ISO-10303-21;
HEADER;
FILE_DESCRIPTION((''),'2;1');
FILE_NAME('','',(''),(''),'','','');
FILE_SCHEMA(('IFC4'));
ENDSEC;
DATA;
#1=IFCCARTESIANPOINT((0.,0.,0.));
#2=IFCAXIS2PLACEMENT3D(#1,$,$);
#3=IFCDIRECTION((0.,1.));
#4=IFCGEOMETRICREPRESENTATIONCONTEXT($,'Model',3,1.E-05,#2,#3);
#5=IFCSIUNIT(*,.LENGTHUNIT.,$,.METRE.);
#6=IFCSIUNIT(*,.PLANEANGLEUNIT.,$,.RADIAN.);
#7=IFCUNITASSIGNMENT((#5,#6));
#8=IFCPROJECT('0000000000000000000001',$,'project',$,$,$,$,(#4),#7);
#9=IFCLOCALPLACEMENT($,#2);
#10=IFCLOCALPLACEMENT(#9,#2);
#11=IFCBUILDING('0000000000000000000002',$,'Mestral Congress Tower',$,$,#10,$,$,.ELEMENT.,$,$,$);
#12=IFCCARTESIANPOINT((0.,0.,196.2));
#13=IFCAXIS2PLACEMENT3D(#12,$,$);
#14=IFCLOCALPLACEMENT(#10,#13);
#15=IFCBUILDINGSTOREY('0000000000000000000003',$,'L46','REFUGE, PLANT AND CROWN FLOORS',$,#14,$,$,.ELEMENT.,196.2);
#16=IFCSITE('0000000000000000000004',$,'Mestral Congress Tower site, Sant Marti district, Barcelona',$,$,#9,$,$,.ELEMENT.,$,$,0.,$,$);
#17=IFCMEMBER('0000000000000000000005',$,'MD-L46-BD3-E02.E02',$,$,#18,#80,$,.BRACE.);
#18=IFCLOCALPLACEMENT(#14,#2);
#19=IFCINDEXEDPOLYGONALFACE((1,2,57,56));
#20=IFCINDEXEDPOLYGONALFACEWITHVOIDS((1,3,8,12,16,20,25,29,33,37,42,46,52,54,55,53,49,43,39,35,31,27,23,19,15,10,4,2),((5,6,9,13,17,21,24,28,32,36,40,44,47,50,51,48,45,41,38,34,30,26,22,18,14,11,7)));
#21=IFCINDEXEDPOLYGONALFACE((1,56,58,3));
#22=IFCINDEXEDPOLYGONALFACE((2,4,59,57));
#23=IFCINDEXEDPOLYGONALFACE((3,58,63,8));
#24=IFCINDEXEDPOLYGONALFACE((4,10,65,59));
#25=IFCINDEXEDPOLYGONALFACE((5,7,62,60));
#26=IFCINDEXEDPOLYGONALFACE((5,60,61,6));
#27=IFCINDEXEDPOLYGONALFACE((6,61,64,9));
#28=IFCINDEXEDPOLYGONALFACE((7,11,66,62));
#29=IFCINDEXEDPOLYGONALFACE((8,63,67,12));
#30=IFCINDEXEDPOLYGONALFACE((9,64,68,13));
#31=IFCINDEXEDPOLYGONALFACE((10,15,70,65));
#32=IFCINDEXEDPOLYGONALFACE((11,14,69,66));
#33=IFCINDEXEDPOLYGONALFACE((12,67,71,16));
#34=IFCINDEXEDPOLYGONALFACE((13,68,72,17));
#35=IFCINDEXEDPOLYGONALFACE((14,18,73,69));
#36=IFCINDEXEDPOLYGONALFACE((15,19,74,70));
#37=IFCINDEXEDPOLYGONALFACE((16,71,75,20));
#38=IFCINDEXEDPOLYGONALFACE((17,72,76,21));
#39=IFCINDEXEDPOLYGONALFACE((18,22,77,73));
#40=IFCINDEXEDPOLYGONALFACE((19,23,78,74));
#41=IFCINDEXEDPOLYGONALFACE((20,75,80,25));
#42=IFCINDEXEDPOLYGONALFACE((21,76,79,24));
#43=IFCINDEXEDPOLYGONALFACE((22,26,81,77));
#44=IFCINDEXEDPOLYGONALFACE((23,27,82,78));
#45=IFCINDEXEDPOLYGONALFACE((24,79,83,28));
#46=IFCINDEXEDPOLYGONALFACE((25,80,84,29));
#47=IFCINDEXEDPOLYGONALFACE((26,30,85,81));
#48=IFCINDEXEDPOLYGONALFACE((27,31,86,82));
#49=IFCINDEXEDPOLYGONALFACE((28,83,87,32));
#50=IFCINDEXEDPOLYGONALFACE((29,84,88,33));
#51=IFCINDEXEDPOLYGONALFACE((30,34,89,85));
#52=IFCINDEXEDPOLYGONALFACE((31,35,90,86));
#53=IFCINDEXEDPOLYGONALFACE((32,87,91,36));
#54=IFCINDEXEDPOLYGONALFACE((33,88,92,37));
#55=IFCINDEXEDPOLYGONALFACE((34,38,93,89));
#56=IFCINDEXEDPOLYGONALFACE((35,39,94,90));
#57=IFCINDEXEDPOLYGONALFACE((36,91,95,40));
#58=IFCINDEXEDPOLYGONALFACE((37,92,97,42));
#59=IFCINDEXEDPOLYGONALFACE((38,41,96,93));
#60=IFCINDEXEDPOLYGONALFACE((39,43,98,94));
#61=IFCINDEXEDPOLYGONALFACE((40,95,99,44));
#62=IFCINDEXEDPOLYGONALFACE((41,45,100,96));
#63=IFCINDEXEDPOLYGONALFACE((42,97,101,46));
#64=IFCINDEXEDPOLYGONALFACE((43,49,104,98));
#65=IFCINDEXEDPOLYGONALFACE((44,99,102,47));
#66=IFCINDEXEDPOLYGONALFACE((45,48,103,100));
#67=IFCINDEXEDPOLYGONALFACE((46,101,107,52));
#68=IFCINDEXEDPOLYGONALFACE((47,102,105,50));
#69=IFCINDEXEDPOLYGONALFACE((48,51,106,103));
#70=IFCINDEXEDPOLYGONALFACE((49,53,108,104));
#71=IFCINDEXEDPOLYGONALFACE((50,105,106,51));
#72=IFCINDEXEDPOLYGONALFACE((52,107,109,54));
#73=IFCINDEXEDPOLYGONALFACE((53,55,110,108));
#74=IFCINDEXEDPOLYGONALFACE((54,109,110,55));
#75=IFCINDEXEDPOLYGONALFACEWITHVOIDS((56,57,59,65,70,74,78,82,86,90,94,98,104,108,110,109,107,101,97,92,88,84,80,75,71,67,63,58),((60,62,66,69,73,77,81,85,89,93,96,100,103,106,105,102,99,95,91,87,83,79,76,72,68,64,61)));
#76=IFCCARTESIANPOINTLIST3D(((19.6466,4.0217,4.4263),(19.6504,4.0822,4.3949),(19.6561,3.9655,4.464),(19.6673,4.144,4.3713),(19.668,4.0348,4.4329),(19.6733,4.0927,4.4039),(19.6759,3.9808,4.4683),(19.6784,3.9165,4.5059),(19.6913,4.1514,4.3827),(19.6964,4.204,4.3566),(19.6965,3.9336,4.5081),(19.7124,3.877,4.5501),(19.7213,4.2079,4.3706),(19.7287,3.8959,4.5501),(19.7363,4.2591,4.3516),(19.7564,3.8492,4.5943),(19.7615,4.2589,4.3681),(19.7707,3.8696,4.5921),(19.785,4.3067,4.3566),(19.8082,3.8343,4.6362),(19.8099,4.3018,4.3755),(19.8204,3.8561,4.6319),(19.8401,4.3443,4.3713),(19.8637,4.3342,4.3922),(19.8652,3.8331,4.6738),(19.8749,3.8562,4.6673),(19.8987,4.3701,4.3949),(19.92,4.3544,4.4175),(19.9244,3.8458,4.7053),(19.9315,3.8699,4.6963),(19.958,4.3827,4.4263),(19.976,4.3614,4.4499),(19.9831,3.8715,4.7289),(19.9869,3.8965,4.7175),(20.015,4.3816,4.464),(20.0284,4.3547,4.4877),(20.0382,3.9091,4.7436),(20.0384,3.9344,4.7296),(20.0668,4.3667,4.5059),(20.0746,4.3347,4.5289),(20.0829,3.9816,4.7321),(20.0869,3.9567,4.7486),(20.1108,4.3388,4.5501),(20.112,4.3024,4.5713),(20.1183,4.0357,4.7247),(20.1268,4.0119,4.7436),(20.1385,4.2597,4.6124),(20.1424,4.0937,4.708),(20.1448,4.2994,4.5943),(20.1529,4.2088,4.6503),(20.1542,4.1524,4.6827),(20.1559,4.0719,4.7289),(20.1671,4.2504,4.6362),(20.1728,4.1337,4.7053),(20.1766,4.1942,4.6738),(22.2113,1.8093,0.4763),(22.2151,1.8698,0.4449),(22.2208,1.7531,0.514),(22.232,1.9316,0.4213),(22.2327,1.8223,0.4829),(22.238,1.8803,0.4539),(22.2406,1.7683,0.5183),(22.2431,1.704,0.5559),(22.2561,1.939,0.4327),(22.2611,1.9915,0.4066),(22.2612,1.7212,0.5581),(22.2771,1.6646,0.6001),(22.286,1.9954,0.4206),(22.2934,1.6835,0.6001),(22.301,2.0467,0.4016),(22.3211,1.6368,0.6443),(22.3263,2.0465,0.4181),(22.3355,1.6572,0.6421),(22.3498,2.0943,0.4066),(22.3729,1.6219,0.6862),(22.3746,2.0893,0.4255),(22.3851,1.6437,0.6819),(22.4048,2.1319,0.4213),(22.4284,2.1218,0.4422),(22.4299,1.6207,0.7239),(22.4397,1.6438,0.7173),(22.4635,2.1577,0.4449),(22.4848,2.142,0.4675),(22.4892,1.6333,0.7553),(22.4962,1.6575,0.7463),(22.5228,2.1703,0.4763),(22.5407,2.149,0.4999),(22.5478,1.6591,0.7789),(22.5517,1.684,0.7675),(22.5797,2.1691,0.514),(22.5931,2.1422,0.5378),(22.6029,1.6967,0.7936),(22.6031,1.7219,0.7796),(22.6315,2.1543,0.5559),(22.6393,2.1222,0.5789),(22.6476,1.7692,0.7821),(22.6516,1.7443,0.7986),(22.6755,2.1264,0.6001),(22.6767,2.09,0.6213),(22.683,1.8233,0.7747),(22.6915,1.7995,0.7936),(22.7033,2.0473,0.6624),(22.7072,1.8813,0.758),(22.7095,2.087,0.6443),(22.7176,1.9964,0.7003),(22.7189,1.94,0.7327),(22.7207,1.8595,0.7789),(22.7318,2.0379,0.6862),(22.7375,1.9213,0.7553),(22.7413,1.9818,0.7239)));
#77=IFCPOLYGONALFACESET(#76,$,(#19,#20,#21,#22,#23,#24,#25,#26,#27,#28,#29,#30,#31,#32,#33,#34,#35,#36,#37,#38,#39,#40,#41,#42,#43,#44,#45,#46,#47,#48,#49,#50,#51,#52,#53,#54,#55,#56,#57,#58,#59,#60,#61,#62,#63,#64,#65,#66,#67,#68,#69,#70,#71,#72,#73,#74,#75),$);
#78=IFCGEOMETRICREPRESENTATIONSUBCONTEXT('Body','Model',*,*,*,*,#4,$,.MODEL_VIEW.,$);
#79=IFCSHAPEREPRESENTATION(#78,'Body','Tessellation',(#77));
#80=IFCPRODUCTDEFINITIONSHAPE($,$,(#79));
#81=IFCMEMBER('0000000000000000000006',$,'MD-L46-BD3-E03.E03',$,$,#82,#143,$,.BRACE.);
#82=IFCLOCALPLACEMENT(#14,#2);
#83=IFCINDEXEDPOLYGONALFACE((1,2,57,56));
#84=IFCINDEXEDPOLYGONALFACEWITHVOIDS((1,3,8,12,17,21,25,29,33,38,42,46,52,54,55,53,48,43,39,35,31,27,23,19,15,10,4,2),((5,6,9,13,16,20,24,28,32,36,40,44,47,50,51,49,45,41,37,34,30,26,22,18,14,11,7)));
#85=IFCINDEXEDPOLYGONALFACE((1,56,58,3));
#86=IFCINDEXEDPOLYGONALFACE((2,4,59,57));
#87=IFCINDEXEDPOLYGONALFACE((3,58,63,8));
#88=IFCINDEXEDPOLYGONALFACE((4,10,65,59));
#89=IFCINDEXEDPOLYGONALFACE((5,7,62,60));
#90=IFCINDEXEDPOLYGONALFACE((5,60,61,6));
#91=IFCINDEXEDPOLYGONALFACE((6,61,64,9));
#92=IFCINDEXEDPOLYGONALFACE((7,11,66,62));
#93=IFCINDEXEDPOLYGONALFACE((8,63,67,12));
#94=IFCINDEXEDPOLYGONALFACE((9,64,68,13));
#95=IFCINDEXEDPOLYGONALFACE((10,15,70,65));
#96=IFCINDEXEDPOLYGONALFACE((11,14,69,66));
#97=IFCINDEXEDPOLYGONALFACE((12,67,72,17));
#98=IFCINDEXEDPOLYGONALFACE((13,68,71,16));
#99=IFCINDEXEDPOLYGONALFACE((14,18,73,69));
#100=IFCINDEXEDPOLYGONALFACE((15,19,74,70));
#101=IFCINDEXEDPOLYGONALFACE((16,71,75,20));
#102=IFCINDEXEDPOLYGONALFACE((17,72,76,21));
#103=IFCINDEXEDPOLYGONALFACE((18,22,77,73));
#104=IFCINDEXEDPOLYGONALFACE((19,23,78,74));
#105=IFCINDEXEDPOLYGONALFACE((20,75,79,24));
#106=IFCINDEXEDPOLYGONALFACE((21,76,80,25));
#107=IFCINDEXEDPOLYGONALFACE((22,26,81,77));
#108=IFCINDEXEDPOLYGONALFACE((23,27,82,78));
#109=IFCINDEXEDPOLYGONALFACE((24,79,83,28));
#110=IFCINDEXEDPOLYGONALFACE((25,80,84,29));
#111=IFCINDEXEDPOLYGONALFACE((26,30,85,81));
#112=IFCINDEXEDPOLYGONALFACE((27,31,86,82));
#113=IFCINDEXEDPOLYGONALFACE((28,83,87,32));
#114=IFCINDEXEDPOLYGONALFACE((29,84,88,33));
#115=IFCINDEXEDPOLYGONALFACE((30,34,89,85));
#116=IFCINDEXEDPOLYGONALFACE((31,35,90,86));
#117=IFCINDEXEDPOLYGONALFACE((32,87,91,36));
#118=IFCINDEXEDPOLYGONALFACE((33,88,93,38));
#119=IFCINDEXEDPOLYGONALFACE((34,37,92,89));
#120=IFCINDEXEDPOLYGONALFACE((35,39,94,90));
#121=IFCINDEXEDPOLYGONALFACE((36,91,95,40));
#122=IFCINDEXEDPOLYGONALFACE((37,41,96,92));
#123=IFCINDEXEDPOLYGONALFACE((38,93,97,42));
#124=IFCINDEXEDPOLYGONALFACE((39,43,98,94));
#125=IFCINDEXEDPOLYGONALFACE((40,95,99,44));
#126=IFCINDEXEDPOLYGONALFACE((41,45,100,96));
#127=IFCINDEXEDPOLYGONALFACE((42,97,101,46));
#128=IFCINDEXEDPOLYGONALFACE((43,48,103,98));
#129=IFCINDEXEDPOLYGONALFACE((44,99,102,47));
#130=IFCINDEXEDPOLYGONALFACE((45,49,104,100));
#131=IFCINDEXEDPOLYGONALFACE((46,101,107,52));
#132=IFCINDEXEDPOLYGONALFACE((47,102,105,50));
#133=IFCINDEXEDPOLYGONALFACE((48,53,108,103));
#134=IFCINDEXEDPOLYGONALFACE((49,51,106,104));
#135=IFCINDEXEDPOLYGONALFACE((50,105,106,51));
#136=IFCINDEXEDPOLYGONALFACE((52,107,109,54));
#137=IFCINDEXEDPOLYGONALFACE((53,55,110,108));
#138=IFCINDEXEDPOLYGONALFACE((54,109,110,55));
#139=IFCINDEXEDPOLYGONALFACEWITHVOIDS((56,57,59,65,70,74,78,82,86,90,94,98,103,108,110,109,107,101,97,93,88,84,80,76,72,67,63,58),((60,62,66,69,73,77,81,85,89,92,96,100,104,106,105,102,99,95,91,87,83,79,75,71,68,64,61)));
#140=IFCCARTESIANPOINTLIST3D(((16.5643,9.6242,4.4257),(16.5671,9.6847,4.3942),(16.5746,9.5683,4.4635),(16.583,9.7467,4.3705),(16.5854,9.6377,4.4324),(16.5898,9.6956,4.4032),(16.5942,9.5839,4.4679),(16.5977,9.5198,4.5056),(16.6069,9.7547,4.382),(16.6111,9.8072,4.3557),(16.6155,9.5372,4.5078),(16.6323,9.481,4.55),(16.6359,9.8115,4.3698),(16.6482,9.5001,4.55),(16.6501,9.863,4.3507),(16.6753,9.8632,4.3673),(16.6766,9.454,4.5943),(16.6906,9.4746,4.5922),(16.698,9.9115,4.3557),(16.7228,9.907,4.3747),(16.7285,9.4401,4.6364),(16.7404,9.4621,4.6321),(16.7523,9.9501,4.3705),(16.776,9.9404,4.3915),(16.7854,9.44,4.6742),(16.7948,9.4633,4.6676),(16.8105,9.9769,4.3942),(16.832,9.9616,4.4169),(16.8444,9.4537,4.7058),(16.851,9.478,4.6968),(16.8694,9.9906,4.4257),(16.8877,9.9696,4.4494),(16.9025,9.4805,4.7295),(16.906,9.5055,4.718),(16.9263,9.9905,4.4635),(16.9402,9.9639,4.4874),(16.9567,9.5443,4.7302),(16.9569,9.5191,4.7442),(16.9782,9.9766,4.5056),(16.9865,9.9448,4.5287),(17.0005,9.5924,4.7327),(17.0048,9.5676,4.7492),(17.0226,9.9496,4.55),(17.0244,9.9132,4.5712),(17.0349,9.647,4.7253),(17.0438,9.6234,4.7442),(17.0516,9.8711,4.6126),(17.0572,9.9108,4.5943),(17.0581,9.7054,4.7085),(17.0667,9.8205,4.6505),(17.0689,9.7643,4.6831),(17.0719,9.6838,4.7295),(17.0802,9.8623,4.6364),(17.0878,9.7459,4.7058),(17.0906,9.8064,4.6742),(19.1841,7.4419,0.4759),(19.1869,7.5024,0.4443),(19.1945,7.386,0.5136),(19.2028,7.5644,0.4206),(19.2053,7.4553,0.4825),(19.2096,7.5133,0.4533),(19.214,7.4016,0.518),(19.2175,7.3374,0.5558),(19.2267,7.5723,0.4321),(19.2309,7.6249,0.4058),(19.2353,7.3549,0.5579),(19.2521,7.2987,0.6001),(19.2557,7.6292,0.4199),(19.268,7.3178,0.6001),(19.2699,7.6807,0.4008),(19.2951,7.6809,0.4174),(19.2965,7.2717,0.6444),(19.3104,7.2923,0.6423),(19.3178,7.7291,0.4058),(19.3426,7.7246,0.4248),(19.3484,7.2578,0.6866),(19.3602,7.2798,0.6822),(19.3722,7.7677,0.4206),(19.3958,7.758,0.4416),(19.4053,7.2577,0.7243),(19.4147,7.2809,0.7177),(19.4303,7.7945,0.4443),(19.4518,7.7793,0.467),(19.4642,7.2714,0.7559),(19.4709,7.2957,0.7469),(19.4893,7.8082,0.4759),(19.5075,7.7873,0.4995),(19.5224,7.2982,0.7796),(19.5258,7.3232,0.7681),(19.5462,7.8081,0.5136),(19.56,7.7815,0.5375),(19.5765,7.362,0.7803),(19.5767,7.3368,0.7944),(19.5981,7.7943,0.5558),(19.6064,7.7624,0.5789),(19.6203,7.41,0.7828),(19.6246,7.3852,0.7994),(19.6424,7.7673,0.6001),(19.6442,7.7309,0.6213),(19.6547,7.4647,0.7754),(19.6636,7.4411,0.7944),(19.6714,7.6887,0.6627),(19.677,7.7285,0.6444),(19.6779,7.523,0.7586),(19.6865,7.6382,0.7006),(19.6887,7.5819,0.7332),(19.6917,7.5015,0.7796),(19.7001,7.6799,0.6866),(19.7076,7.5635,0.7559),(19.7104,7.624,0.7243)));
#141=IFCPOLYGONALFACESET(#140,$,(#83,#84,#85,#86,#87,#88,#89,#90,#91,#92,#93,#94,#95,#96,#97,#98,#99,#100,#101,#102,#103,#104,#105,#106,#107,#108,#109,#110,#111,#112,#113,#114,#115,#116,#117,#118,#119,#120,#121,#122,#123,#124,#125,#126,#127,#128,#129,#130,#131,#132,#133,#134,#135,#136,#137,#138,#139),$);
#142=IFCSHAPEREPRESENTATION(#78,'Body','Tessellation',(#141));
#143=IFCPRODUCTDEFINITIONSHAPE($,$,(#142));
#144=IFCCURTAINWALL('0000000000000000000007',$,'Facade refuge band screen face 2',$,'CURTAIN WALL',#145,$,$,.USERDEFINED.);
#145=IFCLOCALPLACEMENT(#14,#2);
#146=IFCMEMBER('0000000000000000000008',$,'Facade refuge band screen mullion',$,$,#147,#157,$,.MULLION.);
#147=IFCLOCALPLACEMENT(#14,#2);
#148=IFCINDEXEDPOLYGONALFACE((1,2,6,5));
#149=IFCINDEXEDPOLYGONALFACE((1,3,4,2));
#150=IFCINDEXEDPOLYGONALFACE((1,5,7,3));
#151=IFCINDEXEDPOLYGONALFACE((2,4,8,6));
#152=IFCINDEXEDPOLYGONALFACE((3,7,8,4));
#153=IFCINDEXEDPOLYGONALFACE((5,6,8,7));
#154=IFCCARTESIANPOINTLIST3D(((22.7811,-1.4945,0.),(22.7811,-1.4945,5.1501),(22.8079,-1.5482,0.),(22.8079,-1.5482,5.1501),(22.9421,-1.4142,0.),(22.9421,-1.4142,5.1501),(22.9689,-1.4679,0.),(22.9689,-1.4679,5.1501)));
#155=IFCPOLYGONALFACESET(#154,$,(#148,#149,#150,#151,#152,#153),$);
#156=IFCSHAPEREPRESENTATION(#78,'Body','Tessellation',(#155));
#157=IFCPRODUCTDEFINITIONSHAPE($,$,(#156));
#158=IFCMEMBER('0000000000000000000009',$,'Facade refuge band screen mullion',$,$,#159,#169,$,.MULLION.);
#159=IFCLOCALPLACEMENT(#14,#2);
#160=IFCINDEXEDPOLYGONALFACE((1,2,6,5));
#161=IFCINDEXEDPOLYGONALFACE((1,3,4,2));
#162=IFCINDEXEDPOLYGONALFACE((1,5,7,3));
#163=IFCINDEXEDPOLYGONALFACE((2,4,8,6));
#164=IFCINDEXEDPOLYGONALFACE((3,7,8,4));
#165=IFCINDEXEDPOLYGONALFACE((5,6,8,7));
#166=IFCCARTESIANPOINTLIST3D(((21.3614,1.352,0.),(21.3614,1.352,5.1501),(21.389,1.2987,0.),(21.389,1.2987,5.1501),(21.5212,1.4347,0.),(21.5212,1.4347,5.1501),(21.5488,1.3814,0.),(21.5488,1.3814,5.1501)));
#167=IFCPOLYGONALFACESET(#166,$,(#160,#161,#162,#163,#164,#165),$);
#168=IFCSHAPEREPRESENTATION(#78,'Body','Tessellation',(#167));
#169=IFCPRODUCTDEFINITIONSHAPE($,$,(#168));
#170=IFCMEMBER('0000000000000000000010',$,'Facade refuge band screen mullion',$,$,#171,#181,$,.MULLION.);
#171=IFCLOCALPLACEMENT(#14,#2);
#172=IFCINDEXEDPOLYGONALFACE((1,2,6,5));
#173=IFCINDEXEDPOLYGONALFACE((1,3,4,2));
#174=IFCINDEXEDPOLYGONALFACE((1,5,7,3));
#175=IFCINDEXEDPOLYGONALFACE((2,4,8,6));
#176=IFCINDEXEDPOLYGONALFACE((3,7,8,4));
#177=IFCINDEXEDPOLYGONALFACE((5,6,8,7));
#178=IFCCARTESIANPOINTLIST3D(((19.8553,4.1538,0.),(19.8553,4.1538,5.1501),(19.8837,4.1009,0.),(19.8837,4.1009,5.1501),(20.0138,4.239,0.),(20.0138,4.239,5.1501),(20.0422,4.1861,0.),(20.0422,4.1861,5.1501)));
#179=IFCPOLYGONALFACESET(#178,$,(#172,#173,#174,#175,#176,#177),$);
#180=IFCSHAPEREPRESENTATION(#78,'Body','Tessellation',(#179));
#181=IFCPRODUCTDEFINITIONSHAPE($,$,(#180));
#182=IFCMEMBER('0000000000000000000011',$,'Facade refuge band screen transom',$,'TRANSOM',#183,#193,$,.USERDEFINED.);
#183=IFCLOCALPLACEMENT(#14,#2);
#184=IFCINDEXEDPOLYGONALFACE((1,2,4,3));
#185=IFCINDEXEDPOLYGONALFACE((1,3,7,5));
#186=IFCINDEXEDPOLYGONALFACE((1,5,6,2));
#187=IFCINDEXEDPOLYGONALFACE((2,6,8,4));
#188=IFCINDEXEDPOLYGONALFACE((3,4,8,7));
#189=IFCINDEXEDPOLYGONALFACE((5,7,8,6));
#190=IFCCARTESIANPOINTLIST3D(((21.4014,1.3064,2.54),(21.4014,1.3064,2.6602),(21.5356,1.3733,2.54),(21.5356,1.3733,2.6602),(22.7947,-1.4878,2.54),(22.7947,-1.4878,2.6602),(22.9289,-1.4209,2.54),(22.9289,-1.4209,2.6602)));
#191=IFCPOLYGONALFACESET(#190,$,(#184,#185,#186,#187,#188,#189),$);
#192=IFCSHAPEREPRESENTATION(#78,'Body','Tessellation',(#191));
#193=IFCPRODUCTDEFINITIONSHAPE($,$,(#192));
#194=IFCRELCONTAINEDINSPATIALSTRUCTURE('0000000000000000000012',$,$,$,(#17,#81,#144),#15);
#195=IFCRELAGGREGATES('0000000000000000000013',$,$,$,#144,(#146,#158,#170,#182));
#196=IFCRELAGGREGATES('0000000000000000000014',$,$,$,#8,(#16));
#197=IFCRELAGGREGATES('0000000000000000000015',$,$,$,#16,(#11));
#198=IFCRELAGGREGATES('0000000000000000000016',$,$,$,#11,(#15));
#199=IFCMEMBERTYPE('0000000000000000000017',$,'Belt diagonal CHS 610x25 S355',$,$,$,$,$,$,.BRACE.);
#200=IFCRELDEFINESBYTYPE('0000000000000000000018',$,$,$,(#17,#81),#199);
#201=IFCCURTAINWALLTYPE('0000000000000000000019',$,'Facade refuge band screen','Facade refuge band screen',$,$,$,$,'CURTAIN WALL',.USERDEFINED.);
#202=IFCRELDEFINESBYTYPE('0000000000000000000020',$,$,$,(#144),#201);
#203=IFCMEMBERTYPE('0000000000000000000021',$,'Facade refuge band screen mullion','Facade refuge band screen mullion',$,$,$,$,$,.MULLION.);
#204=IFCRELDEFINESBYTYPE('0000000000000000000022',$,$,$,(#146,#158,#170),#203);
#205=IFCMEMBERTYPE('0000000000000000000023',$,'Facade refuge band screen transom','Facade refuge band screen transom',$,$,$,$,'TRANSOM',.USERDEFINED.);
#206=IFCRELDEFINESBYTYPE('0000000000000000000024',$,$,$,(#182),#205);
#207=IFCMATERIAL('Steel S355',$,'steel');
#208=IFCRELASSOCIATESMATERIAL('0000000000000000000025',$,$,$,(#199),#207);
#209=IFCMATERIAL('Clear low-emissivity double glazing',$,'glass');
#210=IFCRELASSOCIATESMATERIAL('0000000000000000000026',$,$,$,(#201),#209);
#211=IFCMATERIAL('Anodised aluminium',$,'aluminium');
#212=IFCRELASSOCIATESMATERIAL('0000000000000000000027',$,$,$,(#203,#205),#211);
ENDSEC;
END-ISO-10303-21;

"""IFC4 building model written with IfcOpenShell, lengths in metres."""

from ifc_helpers import new_model, si_unit, direction, frame, origin, origin_2d, place, context, subcontext, project, spatial, rectangle, hollow_circle, extrude, material, material_profile, profile_set, type_object, element, aggregate, save


model = new_model("IFC4")

# Units and contexts
model_context = context("Model", 3, precision=1e-05, world=origin(), true_north=direction((0.0, 1.0)))
body_context = subcontext(model_context, "Body", "Model", "MODEL_VIEW")
ifc_project = project(units=[si_unit("LENGTHUNIT", "METRE"), si_unit("PLANEANGLEUNIT", "RADIAN")], contexts=[model_context])

# Site, building, storey
site_placement = place(None, origin())
site = spatial("IfcSite", under=ifc_project, at=site_placement, Name="Mestral Congress Tower site, Sant Marti district, Barcelona", CompositionType="ELEMENT", RefElevation=0.0)
building_placement = place(site_placement, origin())
building = spatial("IfcBuilding", under=site, at=building_placement, Name="Mestral Congress Tower", CompositionType="ELEMENT")
storey_placement = place(building_placement, frame((0.0, 0.0, 196.2)))
storey = spatial("IfcBuildingStorey", under=building, at=storey_placement, Name="L46", Description="REFUGE, PLANT AND CROWN FLOORS", CompositionType="ELEMENT", Elevation=196.2)

# Members
ifc_material_1 = material(Name="Steel S355", Category="steel")
ifc_material_profile_1 = material_profile(ifc_material_1, hollow_circle(Radius=0.3049, WallThickness=0.0249, at=origin_2d()), Name="CHS 610x25")
ifc_profile_set_1 = profile_set([ifc_material_profile_1], Name="Steel S355")
member_type_1 = type_object("IfcMemberType", Name="Belt diagonal CHS 610x25 S355", PredefinedType="BRACE", material=ifc_profile_set_1)
member_1_placement = place(storey_placement, frame((22.4763, 1.8955, 0.6001), z_axis=(-0.492897, 0.425191, 0.759122), x_axis=(-0.653186, -0.757197, 0.0)))
element("IfcMember", 1, at=member_1_placement, inside=storey, type_object=member_type_1, Name="MD-L46-BD3-E02.E02", PredefinedType="BRACE", context=body_context, shape_type="SweptSolid", body=[
    extrude(hollow_circle(Radius=0.3049, WallThickness=0.0249, at=origin_2d()), origin(), (0.0, 0.0, 1.0), 5.2034),
])
member_2_placement = place(storey_placement, frame((19.4473, 7.533, 0.6001), z_axis=(-0.502074, 0.418231, 0.756971), x_axis=(-0.640036, -0.768345, 0.0)))
element("IfcMember", 2, at=member_2_placement, inside=storey, type_object=member_type_1, Name="MD-L46-BD3-E03.E03", PredefinedType="BRACE", context=body_context, shape_type="SweptSolid", body=[
    extrude(hollow_circle(Radius=0.3049, WallThickness=0.0249, at=origin_2d()), origin(), (0.0, 0.0, 1.0), 5.218),
])

# Curtain wall, members
ifc_material_2 = material(Name="Clear low-emissivity double glazing", Category="glass")
curtain_wall_type = type_object("IfcCurtainWallType", Name="Facade refuge band screen", Description="Facade refuge band screen", ElementType="CURTAIN WALL", PredefinedType="USERDEFINED", material=ifc_material_2)
curtain_wall_placement = place(storey_placement, origin())
curtain_wall = element("IfcCurtainWall", 3, at=curtain_wall_placement, inside=storey, type_object=curtain_wall_type, Name="Facade refuge band screen face 2", ObjectType="CURTAIN WALL", PredefinedType="USERDEFINED")
ifc_material_3 = material(Name="Anodised aluminium", Category="aluminium")
ifc_material_profile_2 = material_profile(ifc_material_3, rectangle(XDim=0.1799, YDim=0.0601, at=origin_2d()), Name="CW3 mullion 180 x 60")
ifc_profile_set_2 = profile_set([ifc_material_profile_2], Name="Anodised aluminium")
member_type_2 = type_object("IfcMemberType", Name="Facade refuge band screen mullion", Description="Facade refuge band screen mullion", PredefinedType="MULLION", material=ifc_profile_set_2)
member_3_placement = place(storey_placement, frame((22.875, -1.4812, 0.0), z_axis=(0.0, 0.0, 1.0), x_axis=(0.894918, 0.446231, 0.0)))
member_3 = element("IfcMember", 4, at=member_3_placement, type_object=member_type_2, Name="Facade refuge band screen mullion", PredefinedType="MULLION", context=body_context, shape_type="SweptSolid", body=[
    extrude(rectangle(XDim=0.1799, YDim=0.0601, at=origin_2d()), origin(), (0.0, 0.0, 1.0), 5.1501),
])
member_4_placement = place(storey_placement, frame((21.4551, 1.3667, 0.0), z_axis=(0.0, 0.0, 1.0), x_axis=(0.888003, 0.459837, 0.0)))
member_4 = element("IfcMember", 5, at=member_4_placement, type_object=member_type_2, Name="Facade refuge band screen mullion", PredefinedType="MULLION", context=body_context, shape_type="SweptSolid", body=[
    extrude(rectangle(XDim=0.1799, YDim=0.0601, at=origin_2d()), origin(), (0.0, 0.0, 1.0), 5.1501),
])
member_5_placement = place(storey_placement, frame((19.9487, 4.1699, 0.0), z_axis=(0.0, 0.0, 1.0), x_axis=(0.880882, 0.473337, 0.0)))
member_5 = element("IfcMember", 6, at=member_5_placement, type_object=member_type_2, Name="Facade refuge band screen mullion", PredefinedType="MULLION", context=body_context, shape_type="SweptSolid", body=[
    extrude(rectangle(XDim=0.1799, YDim=0.0601, at=origin_2d()), origin(), (0.0, 0.0, 1.0), 5.1501),
])
ifc_material_profile_3 = material_profile(ifc_material_3, rectangle(XDim=0.1499, YDim=0.1201, at=origin_2d()), Name="CW3 transom 150 x 120")
ifc_profile_set_3 = profile_set([ifc_material_profile_3], Name="Anodised aluminium")
member_type_3 = type_object("IfcMemberType", Name="Facade refuge band screen transom", Description="Facade refuge band screen transom", ElementType="TRANSOM", PredefinedType="USERDEFINED", material=ifc_profile_set_3)
member_6_placement = place(storey_placement, frame((22.8618, -1.4543, 2.6001), z_axis=(-0.446244, 0.894911, 0.0), x_axis=(-0.894911, -0.446244, 0.0)))
member_6 = element("IfcMember", 7, at=member_6_placement, type_object=member_type_3, Name="Facade refuge band screen transom", ObjectType="TRANSOM", PredefinedType="USERDEFINED", context=body_context, shape_type="SweptSolid", body=[
    extrude(rectangle(XDim=0.1499, YDim=0.1201, at=origin_2d()), origin(), (0.0, 0.0, 1.0), 3.1223),
])

aggregate(curtain_wall, [member_3, member_4, member_5, member_6])

save(model, "model.ifc")
